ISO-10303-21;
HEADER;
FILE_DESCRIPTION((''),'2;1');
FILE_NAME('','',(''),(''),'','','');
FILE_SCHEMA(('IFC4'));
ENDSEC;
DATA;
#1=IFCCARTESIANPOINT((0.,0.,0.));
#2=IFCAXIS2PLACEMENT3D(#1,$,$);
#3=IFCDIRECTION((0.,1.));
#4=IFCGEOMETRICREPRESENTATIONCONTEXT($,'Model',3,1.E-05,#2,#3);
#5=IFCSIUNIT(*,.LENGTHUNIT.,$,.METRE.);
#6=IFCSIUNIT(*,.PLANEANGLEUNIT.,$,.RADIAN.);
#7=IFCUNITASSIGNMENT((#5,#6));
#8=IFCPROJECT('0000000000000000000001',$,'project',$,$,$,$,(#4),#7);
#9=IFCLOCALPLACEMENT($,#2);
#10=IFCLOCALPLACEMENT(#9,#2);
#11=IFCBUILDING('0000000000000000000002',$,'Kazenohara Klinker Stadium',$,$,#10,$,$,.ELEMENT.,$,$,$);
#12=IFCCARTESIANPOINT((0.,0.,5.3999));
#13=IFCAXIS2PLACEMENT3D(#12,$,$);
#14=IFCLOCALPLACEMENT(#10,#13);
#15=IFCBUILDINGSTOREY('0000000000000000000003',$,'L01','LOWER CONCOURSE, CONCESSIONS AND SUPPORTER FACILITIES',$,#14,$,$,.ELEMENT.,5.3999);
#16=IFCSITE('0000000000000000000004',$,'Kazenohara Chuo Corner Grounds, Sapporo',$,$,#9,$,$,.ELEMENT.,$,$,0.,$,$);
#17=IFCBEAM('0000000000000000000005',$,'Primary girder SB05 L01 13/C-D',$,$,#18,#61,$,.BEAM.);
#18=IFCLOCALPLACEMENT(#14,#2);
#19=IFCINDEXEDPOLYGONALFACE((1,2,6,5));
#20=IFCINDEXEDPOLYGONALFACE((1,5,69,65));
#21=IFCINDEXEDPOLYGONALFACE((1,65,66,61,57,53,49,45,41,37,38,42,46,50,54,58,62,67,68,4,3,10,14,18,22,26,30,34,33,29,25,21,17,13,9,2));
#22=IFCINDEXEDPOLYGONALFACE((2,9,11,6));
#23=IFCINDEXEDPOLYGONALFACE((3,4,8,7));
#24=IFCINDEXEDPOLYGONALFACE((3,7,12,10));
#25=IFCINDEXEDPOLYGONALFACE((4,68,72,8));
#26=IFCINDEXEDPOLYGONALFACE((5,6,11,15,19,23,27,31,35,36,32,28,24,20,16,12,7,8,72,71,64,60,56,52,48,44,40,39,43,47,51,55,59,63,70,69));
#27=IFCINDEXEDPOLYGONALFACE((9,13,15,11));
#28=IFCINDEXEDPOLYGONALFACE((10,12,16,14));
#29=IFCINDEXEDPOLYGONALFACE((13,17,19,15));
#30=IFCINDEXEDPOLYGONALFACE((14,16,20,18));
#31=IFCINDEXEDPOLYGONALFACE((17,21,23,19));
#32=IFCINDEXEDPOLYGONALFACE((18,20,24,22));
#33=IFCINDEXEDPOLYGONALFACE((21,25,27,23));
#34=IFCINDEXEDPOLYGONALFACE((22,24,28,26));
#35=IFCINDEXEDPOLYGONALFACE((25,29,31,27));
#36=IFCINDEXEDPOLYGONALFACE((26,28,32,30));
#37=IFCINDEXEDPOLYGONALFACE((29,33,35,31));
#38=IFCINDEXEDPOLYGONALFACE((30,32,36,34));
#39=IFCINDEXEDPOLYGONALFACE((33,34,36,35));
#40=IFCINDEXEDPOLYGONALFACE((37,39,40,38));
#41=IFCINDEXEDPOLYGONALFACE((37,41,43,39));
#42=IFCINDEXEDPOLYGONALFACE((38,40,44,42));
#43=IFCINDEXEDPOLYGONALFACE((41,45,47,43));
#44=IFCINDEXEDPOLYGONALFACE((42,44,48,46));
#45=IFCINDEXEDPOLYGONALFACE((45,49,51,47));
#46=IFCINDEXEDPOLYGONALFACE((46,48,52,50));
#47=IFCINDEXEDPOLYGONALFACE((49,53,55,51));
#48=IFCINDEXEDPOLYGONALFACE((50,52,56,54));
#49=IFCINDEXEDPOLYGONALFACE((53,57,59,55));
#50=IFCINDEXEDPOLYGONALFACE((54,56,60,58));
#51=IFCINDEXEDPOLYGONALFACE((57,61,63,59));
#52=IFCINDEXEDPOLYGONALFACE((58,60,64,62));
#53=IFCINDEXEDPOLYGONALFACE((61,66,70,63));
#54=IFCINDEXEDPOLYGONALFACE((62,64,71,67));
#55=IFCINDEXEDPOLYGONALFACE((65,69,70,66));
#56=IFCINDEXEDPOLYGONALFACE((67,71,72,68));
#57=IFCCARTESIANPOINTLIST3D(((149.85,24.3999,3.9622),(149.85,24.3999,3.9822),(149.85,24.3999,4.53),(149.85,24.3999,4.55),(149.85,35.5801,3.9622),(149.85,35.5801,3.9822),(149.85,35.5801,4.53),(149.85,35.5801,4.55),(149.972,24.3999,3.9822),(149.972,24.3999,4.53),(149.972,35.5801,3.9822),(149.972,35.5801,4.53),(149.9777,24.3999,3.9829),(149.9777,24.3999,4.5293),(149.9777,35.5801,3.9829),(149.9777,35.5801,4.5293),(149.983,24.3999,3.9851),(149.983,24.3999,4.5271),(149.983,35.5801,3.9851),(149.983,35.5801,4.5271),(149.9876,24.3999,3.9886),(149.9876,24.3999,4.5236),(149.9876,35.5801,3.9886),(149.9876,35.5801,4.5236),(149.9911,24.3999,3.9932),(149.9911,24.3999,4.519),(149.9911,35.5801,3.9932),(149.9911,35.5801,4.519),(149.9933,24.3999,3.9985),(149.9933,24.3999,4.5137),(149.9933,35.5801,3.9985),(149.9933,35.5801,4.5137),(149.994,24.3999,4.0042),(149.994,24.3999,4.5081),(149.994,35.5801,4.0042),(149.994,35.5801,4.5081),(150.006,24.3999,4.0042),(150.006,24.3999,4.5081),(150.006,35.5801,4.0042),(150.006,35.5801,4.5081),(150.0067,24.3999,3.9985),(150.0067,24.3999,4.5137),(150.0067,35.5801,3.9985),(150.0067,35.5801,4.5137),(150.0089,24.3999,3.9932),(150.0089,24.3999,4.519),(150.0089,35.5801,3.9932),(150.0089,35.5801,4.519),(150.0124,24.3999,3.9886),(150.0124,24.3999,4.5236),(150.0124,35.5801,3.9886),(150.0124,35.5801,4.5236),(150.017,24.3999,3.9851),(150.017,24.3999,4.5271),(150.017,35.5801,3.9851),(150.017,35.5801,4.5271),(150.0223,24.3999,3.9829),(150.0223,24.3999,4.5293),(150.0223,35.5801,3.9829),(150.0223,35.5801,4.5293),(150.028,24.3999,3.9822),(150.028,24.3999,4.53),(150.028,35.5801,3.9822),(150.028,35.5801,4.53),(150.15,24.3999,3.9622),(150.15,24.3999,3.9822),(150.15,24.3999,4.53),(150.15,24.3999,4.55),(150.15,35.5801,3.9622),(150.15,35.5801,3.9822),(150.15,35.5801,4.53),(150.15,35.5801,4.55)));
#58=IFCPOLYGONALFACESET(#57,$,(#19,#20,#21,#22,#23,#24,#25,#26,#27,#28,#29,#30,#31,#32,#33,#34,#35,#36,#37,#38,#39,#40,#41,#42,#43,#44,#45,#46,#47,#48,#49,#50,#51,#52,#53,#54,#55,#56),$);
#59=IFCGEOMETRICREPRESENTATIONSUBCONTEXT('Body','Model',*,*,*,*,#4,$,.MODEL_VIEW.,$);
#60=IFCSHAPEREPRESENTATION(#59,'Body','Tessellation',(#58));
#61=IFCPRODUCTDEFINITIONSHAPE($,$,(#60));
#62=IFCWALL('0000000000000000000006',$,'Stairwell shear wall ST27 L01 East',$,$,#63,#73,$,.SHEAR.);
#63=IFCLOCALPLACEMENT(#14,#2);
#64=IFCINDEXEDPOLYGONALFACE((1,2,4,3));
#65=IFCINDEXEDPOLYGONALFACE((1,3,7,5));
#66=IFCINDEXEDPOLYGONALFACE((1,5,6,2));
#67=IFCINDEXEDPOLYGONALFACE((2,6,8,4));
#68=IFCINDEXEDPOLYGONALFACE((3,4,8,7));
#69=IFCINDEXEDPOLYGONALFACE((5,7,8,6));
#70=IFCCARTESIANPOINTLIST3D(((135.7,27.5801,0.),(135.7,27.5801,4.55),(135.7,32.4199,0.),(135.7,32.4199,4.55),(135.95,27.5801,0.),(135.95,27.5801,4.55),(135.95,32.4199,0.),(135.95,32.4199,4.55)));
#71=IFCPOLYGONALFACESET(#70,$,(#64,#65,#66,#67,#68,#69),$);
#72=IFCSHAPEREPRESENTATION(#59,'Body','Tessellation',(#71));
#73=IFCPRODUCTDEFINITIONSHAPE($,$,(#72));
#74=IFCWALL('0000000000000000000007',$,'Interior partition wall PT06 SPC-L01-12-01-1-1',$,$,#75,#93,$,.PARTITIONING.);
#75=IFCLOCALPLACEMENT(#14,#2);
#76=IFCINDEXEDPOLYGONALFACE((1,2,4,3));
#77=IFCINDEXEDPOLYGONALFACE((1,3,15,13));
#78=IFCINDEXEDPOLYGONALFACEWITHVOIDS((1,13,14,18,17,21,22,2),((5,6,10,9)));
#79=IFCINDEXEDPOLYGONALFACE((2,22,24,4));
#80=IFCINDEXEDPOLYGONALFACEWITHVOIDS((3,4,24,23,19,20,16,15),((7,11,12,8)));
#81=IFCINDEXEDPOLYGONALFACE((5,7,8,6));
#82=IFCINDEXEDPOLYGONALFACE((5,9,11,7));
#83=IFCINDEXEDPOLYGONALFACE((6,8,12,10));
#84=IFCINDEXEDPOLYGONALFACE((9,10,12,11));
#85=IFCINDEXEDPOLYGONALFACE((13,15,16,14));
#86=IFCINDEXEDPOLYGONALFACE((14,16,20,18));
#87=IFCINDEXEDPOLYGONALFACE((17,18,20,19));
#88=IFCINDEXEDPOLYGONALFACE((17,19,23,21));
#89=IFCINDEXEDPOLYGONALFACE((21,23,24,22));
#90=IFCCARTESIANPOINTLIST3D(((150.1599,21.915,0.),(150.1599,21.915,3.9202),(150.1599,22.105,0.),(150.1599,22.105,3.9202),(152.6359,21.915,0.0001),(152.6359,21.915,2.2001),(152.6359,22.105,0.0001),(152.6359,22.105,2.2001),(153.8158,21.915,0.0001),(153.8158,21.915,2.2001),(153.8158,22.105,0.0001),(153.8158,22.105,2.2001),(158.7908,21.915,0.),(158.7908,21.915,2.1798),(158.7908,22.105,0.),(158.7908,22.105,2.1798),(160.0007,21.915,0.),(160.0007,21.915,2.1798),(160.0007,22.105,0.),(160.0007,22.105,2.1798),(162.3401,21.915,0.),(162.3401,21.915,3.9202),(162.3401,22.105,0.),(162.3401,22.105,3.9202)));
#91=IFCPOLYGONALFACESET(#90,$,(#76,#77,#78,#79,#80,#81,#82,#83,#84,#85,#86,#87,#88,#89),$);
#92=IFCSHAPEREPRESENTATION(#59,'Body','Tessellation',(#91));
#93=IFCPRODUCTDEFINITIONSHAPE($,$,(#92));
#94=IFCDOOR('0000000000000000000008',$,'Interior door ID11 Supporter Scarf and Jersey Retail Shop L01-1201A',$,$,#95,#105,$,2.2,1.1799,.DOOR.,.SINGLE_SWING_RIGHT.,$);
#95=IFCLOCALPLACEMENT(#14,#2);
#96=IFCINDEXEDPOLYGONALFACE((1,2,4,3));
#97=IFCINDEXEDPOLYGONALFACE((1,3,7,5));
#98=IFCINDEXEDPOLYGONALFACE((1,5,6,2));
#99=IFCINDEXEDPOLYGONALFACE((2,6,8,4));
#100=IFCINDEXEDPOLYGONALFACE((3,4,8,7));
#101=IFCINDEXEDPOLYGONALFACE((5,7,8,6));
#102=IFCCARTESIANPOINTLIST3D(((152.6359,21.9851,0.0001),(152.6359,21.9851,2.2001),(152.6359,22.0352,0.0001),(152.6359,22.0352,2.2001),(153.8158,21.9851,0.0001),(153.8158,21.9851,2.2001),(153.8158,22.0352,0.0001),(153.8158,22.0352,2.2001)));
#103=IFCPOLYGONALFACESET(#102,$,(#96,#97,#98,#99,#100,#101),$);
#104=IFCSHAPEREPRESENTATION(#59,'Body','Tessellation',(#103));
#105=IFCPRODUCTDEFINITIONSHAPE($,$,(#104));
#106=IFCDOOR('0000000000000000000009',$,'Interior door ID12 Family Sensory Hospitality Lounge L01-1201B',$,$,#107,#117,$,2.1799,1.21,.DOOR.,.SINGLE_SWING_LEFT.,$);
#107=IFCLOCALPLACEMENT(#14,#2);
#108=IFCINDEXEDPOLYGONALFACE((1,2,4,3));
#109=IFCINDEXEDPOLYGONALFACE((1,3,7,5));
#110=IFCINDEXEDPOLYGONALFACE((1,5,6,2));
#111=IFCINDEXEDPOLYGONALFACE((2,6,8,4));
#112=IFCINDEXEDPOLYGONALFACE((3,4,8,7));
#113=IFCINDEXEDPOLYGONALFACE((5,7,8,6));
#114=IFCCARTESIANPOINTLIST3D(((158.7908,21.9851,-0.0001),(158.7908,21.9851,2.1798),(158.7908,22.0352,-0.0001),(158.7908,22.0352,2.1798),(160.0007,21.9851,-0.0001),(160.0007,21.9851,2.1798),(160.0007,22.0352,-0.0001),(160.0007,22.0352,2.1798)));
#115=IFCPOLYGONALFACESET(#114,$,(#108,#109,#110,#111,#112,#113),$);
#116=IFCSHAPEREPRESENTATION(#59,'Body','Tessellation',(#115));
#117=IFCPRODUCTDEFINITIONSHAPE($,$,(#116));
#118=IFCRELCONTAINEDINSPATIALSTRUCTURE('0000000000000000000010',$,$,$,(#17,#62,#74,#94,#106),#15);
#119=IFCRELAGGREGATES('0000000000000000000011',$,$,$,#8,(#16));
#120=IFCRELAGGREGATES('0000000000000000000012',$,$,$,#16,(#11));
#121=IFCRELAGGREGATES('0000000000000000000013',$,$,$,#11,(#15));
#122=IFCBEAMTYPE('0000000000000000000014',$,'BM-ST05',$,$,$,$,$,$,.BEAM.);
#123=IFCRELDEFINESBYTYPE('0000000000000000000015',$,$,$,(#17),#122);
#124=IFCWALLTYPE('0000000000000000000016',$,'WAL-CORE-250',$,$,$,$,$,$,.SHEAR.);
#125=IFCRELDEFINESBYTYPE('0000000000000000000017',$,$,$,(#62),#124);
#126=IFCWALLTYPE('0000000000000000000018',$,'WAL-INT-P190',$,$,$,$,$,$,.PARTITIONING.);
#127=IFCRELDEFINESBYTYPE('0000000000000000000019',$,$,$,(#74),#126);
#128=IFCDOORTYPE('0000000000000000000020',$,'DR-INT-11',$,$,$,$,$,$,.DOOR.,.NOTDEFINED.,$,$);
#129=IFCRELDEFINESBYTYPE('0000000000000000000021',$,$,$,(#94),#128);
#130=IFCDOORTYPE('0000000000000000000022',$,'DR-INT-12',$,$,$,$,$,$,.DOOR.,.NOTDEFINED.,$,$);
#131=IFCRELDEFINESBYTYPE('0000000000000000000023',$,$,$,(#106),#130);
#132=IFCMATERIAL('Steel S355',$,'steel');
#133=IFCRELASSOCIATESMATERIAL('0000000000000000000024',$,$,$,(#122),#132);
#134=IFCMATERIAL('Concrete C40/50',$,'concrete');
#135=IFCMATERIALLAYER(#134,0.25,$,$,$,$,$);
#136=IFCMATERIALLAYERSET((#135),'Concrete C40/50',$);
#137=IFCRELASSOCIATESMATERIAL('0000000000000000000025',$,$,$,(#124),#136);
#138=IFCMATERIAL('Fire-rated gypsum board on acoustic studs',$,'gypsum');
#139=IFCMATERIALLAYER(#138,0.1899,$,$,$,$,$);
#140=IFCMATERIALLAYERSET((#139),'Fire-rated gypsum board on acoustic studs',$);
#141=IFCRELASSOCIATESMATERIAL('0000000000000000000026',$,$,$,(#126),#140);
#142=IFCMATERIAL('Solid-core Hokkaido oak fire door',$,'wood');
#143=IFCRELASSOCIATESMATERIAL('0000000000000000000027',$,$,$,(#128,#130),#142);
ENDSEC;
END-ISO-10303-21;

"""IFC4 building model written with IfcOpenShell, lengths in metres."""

from ifc_helpers import new_model, si_unit, direction, frame, frame_2d, origin, origin_2d, place, context, subcontext, project, spatial, rectangle, i_section, extrude, material, layer, layer_set, material_profile, profile_set, type_object, element, fill, save


model = new_model("IFC4")

# Units and contexts
model_context = context("Model", 3, precision=1e-05, world=origin(), true_north=direction((0.0, 1.0)))
body_context = subcontext(model_context, "Body", "Model", "MODEL_VIEW")
ifc_project = project(units=[si_unit("LENGTHUNIT", "METRE"), si_unit("PLANEANGLEUNIT", "RADIAN")], contexts=[model_context])

# Site, building, storey
site_placement = place(None, origin())
site = spatial("IfcSite", under=ifc_project, at=site_placement, Name="Kazenohara Chuo Corner Grounds, Sapporo", CompositionType="ELEMENT", RefElevation=0.0)
building_placement = place(site_placement, origin())
building = spatial("IfcBuilding", under=site, at=building_placement, Name="Kazenohara Klinker Stadium", CompositionType="ELEMENT")
storey_placement = place(building_placement, frame((0.0, 0.0, 5.3999)))
storey = spatial("IfcBuildingStorey", under=building, at=storey_placement, Name="L01", Description="LOWER CONCOURSE, CONCESSIONS AND SUPPORTER FACILITIES", CompositionType="ELEMENT", Elevation=5.3999)

# Shared definitions
ifc_material_1 = material(Name="Concrete C40/50", Category="concrete")

# Beam
ifc_material_2 = material(Name="Steel S355", Category="steel")
ifc_material_profile_1 = material_profile(ifc_material_2, i_section(OverallWidth=0.3, OverallDepth=0.5879, WebThickness=0.012, FlangeThickness=0.02, FilletRadius=0.022, at=origin_2d()), Name="H-588x300x12x20")
ifc_profile_set_1 = profile_set([ifc_material_profile_1], Name="Steel S355")
beam_type_1 = type_object("IfcBeamType", Name="BM-ST05", PredefinedType="BEAM", material=ifc_profile_set_1)
beam_1_placement = place(storey_placement, frame((150.0, 24.3999, 4.2561), z_axis=(0.0, 1.0, 0.0), x_axis=(-1.0, 0.0, 0.0)))
element("IfcBeam", 1, at=beam_1_placement, inside=storey, type_object=beam_type_1, Name="Primary girder SB05 L01 13/C-D", PredefinedType="BEAM", context=body_context, shape_type="SweptSolid", body=[
    extrude(i_section(OverallWidth=0.3, OverallDepth=0.5879, WebThickness=0.012, FlangeThickness=0.02, FilletRadius=0.022, at=origin_2d()), origin(), (0.0, 0.0, 1.0), 11.1802),
])

# Wall
ifc_layer_1 = layer(ifc_material_1, 0.25)
ifc_layer_set_1 = layer_set([ifc_layer_1], Name="Concrete C40/50")
wall_type_1 = type_object("IfcWallType", Name="WAL-CORE-250", PredefinedType="SHEAR", material=ifc_layer_set_1)
wall_1_placement = place(storey_placement, frame((135.825, 27.5801, 0.0), z_axis=(0.0, 0.0, 1.0), x_axis=(0.0, 1.0, 0.0)))
element("IfcWall", 2, at=wall_1_placement, inside=storey, type_object=wall_type_1, Name="Stairwell shear wall ST27 L01 East", PredefinedType="SHEAR", context=body_context, shape_type="SweptSolid", body=[
    extrude(rectangle(XDim=4.8398, YDim=0.25, at=frame_2d((2.4199, 0.0))), origin(), (0.0, 0.0, 1.0), 4.55),
])

# Wall, openings, doors
ifc_material_3 = material(Name="Fire-rated gypsum board on acoustic studs", Category="gypsum")
ifc_layer_2 = layer(ifc_material_3, 0.1899)
ifc_layer_set_2 = layer_set([ifc_layer_2], Name="Fire-rated gypsum board on acoustic studs")
wall_type_2 = type_object("IfcWallType", Name="WAL-INT-P190", PredefinedType="PARTITIONING", material=ifc_layer_set_2)
wall_2_placement = place(storey_placement, frame((150.1599, 22.01, 0.0), z_axis=(0.0, 0.0, 1.0), x_axis=(1.0, 0.0, 0.0)))
wall_2 = element("IfcWall", 3, at=wall_2_placement, inside=storey, type_object=wall_type_2, Name="Interior partition wall PT06 SPC-L01-12-01-1-1", PredefinedType="PARTITIONING", context=body_context, shape_type="SweptSolid", body=[
    extrude(rectangle(XDim=12.1802, YDim=0.1899, at=frame_2d((6.0901, 0.0))), origin(), (0.0, 0.0, 1.0), 3.9202),
])
opening_1_placement = place(wall_2_placement, frame((3.6558, 0.0, 0.0), z_axis=(0.0, 0.0, 1.0), x_axis=(-1.0, 0.0, 0.0)))
opening_1 = element("IfcOpeningElement", 4, at=opening_1_placement, cuts=wall_2, PredefinedType="OPENING", context=body_context, shape_type="SweptSolid", body=[
    extrude(rectangle(XDim=1.1799, YDim=2.2, at=frame_2d((0.5898, 1.1001))), frame((0.0, 0.105, 0.0), z_axis=(0.0, -1.0, 0.0), x_axis=(1.0, 0.0, 0.0)), (0.0, 0.0, 1.0), 0.21),
])
opening_2_placement = place(wall_2_placement, frame((9.8408, 0.0, 0.0), z_axis=(0.0, 0.0, 1.0), x_axis=(-1.0, 0.0, 0.0)))
opening_2 = element("IfcOpeningElement", 5, at=opening_2_placement, cuts=wall_2, PredefinedType="OPENING", context=body_context, shape_type="SweptSolid", body=[
    extrude(rectangle(XDim=1.21, YDim=2.1799, at=frame_2d((0.605, 1.0898))), frame((0.0, 0.105, 0.0), z_axis=(0.0, -1.0, 0.0), x_axis=(1.0, 0.0, 0.0)), (0.0, 0.0, 1.0), 0.21),
])
ifc_material_4 = material(Name="Solid-core Hokkaido oak fire door", Category="wood")
door_type_1 = type_object("IfcDoorType", Name="DR-INT-11", OperationType="NOTDEFINED", PredefinedType="DOOR", material=ifc_material_4)
door_1_placement = place(opening_1_placement, origin())
door_1 = element("IfcDoor", 6, at=door_1_placement, inside=storey, type_object=door_type_1, Name="Interior door ID11 Supporter Scarf and Jersey Retail Shop L01-1201A", OperationType="SINGLE_SWING_RIGHT", OverallHeight=2.2, OverallWidth=1.1799, PredefinedType="DOOR", context=body_context, shape_type="SweptSolid", body=[
    extrude(rectangle(XDim=1.1799, YDim=2.2, at=frame_2d((0.5898, 1.1001))), frame((0.0, 0.0249, 0.0), z_axis=(0.0, -1.0, 0.0), x_axis=(1.0, 0.0, 0.0)), (0.0, 0.0, 1.0), 0.05),
])
fill(opening_1, door_1)
door_type_2 = type_object("IfcDoorType", Name="DR-INT-12", OperationType="NOTDEFINED", PredefinedType="DOOR", material=ifc_material_4)
door_2_placement = place(opening_2_placement, origin())
door_2 = element("IfcDoor", 7, at=door_2_placement, inside=storey, type_object=door_type_2, Name="Interior door ID12 Family Sensory Hospitality Lounge L01-1201B", OperationType="SINGLE_SWING_LEFT", OverallHeight=2.1799, OverallWidth=1.21, PredefinedType="DOOR", context=body_context, shape_type="SweptSolid", body=[
    extrude(rectangle(XDim=1.21, YDim=2.1799, at=frame_2d((0.605, 1.0898))), frame((0.0, 0.0249, 0.0), z_axis=(0.0, -1.0, 0.0), x_axis=(1.0, 0.0, 0.0)), (0.0, 0.0, 1.0), 0.05),
])
fill(opening_2, door_2)

save(model, "model.ifc")
